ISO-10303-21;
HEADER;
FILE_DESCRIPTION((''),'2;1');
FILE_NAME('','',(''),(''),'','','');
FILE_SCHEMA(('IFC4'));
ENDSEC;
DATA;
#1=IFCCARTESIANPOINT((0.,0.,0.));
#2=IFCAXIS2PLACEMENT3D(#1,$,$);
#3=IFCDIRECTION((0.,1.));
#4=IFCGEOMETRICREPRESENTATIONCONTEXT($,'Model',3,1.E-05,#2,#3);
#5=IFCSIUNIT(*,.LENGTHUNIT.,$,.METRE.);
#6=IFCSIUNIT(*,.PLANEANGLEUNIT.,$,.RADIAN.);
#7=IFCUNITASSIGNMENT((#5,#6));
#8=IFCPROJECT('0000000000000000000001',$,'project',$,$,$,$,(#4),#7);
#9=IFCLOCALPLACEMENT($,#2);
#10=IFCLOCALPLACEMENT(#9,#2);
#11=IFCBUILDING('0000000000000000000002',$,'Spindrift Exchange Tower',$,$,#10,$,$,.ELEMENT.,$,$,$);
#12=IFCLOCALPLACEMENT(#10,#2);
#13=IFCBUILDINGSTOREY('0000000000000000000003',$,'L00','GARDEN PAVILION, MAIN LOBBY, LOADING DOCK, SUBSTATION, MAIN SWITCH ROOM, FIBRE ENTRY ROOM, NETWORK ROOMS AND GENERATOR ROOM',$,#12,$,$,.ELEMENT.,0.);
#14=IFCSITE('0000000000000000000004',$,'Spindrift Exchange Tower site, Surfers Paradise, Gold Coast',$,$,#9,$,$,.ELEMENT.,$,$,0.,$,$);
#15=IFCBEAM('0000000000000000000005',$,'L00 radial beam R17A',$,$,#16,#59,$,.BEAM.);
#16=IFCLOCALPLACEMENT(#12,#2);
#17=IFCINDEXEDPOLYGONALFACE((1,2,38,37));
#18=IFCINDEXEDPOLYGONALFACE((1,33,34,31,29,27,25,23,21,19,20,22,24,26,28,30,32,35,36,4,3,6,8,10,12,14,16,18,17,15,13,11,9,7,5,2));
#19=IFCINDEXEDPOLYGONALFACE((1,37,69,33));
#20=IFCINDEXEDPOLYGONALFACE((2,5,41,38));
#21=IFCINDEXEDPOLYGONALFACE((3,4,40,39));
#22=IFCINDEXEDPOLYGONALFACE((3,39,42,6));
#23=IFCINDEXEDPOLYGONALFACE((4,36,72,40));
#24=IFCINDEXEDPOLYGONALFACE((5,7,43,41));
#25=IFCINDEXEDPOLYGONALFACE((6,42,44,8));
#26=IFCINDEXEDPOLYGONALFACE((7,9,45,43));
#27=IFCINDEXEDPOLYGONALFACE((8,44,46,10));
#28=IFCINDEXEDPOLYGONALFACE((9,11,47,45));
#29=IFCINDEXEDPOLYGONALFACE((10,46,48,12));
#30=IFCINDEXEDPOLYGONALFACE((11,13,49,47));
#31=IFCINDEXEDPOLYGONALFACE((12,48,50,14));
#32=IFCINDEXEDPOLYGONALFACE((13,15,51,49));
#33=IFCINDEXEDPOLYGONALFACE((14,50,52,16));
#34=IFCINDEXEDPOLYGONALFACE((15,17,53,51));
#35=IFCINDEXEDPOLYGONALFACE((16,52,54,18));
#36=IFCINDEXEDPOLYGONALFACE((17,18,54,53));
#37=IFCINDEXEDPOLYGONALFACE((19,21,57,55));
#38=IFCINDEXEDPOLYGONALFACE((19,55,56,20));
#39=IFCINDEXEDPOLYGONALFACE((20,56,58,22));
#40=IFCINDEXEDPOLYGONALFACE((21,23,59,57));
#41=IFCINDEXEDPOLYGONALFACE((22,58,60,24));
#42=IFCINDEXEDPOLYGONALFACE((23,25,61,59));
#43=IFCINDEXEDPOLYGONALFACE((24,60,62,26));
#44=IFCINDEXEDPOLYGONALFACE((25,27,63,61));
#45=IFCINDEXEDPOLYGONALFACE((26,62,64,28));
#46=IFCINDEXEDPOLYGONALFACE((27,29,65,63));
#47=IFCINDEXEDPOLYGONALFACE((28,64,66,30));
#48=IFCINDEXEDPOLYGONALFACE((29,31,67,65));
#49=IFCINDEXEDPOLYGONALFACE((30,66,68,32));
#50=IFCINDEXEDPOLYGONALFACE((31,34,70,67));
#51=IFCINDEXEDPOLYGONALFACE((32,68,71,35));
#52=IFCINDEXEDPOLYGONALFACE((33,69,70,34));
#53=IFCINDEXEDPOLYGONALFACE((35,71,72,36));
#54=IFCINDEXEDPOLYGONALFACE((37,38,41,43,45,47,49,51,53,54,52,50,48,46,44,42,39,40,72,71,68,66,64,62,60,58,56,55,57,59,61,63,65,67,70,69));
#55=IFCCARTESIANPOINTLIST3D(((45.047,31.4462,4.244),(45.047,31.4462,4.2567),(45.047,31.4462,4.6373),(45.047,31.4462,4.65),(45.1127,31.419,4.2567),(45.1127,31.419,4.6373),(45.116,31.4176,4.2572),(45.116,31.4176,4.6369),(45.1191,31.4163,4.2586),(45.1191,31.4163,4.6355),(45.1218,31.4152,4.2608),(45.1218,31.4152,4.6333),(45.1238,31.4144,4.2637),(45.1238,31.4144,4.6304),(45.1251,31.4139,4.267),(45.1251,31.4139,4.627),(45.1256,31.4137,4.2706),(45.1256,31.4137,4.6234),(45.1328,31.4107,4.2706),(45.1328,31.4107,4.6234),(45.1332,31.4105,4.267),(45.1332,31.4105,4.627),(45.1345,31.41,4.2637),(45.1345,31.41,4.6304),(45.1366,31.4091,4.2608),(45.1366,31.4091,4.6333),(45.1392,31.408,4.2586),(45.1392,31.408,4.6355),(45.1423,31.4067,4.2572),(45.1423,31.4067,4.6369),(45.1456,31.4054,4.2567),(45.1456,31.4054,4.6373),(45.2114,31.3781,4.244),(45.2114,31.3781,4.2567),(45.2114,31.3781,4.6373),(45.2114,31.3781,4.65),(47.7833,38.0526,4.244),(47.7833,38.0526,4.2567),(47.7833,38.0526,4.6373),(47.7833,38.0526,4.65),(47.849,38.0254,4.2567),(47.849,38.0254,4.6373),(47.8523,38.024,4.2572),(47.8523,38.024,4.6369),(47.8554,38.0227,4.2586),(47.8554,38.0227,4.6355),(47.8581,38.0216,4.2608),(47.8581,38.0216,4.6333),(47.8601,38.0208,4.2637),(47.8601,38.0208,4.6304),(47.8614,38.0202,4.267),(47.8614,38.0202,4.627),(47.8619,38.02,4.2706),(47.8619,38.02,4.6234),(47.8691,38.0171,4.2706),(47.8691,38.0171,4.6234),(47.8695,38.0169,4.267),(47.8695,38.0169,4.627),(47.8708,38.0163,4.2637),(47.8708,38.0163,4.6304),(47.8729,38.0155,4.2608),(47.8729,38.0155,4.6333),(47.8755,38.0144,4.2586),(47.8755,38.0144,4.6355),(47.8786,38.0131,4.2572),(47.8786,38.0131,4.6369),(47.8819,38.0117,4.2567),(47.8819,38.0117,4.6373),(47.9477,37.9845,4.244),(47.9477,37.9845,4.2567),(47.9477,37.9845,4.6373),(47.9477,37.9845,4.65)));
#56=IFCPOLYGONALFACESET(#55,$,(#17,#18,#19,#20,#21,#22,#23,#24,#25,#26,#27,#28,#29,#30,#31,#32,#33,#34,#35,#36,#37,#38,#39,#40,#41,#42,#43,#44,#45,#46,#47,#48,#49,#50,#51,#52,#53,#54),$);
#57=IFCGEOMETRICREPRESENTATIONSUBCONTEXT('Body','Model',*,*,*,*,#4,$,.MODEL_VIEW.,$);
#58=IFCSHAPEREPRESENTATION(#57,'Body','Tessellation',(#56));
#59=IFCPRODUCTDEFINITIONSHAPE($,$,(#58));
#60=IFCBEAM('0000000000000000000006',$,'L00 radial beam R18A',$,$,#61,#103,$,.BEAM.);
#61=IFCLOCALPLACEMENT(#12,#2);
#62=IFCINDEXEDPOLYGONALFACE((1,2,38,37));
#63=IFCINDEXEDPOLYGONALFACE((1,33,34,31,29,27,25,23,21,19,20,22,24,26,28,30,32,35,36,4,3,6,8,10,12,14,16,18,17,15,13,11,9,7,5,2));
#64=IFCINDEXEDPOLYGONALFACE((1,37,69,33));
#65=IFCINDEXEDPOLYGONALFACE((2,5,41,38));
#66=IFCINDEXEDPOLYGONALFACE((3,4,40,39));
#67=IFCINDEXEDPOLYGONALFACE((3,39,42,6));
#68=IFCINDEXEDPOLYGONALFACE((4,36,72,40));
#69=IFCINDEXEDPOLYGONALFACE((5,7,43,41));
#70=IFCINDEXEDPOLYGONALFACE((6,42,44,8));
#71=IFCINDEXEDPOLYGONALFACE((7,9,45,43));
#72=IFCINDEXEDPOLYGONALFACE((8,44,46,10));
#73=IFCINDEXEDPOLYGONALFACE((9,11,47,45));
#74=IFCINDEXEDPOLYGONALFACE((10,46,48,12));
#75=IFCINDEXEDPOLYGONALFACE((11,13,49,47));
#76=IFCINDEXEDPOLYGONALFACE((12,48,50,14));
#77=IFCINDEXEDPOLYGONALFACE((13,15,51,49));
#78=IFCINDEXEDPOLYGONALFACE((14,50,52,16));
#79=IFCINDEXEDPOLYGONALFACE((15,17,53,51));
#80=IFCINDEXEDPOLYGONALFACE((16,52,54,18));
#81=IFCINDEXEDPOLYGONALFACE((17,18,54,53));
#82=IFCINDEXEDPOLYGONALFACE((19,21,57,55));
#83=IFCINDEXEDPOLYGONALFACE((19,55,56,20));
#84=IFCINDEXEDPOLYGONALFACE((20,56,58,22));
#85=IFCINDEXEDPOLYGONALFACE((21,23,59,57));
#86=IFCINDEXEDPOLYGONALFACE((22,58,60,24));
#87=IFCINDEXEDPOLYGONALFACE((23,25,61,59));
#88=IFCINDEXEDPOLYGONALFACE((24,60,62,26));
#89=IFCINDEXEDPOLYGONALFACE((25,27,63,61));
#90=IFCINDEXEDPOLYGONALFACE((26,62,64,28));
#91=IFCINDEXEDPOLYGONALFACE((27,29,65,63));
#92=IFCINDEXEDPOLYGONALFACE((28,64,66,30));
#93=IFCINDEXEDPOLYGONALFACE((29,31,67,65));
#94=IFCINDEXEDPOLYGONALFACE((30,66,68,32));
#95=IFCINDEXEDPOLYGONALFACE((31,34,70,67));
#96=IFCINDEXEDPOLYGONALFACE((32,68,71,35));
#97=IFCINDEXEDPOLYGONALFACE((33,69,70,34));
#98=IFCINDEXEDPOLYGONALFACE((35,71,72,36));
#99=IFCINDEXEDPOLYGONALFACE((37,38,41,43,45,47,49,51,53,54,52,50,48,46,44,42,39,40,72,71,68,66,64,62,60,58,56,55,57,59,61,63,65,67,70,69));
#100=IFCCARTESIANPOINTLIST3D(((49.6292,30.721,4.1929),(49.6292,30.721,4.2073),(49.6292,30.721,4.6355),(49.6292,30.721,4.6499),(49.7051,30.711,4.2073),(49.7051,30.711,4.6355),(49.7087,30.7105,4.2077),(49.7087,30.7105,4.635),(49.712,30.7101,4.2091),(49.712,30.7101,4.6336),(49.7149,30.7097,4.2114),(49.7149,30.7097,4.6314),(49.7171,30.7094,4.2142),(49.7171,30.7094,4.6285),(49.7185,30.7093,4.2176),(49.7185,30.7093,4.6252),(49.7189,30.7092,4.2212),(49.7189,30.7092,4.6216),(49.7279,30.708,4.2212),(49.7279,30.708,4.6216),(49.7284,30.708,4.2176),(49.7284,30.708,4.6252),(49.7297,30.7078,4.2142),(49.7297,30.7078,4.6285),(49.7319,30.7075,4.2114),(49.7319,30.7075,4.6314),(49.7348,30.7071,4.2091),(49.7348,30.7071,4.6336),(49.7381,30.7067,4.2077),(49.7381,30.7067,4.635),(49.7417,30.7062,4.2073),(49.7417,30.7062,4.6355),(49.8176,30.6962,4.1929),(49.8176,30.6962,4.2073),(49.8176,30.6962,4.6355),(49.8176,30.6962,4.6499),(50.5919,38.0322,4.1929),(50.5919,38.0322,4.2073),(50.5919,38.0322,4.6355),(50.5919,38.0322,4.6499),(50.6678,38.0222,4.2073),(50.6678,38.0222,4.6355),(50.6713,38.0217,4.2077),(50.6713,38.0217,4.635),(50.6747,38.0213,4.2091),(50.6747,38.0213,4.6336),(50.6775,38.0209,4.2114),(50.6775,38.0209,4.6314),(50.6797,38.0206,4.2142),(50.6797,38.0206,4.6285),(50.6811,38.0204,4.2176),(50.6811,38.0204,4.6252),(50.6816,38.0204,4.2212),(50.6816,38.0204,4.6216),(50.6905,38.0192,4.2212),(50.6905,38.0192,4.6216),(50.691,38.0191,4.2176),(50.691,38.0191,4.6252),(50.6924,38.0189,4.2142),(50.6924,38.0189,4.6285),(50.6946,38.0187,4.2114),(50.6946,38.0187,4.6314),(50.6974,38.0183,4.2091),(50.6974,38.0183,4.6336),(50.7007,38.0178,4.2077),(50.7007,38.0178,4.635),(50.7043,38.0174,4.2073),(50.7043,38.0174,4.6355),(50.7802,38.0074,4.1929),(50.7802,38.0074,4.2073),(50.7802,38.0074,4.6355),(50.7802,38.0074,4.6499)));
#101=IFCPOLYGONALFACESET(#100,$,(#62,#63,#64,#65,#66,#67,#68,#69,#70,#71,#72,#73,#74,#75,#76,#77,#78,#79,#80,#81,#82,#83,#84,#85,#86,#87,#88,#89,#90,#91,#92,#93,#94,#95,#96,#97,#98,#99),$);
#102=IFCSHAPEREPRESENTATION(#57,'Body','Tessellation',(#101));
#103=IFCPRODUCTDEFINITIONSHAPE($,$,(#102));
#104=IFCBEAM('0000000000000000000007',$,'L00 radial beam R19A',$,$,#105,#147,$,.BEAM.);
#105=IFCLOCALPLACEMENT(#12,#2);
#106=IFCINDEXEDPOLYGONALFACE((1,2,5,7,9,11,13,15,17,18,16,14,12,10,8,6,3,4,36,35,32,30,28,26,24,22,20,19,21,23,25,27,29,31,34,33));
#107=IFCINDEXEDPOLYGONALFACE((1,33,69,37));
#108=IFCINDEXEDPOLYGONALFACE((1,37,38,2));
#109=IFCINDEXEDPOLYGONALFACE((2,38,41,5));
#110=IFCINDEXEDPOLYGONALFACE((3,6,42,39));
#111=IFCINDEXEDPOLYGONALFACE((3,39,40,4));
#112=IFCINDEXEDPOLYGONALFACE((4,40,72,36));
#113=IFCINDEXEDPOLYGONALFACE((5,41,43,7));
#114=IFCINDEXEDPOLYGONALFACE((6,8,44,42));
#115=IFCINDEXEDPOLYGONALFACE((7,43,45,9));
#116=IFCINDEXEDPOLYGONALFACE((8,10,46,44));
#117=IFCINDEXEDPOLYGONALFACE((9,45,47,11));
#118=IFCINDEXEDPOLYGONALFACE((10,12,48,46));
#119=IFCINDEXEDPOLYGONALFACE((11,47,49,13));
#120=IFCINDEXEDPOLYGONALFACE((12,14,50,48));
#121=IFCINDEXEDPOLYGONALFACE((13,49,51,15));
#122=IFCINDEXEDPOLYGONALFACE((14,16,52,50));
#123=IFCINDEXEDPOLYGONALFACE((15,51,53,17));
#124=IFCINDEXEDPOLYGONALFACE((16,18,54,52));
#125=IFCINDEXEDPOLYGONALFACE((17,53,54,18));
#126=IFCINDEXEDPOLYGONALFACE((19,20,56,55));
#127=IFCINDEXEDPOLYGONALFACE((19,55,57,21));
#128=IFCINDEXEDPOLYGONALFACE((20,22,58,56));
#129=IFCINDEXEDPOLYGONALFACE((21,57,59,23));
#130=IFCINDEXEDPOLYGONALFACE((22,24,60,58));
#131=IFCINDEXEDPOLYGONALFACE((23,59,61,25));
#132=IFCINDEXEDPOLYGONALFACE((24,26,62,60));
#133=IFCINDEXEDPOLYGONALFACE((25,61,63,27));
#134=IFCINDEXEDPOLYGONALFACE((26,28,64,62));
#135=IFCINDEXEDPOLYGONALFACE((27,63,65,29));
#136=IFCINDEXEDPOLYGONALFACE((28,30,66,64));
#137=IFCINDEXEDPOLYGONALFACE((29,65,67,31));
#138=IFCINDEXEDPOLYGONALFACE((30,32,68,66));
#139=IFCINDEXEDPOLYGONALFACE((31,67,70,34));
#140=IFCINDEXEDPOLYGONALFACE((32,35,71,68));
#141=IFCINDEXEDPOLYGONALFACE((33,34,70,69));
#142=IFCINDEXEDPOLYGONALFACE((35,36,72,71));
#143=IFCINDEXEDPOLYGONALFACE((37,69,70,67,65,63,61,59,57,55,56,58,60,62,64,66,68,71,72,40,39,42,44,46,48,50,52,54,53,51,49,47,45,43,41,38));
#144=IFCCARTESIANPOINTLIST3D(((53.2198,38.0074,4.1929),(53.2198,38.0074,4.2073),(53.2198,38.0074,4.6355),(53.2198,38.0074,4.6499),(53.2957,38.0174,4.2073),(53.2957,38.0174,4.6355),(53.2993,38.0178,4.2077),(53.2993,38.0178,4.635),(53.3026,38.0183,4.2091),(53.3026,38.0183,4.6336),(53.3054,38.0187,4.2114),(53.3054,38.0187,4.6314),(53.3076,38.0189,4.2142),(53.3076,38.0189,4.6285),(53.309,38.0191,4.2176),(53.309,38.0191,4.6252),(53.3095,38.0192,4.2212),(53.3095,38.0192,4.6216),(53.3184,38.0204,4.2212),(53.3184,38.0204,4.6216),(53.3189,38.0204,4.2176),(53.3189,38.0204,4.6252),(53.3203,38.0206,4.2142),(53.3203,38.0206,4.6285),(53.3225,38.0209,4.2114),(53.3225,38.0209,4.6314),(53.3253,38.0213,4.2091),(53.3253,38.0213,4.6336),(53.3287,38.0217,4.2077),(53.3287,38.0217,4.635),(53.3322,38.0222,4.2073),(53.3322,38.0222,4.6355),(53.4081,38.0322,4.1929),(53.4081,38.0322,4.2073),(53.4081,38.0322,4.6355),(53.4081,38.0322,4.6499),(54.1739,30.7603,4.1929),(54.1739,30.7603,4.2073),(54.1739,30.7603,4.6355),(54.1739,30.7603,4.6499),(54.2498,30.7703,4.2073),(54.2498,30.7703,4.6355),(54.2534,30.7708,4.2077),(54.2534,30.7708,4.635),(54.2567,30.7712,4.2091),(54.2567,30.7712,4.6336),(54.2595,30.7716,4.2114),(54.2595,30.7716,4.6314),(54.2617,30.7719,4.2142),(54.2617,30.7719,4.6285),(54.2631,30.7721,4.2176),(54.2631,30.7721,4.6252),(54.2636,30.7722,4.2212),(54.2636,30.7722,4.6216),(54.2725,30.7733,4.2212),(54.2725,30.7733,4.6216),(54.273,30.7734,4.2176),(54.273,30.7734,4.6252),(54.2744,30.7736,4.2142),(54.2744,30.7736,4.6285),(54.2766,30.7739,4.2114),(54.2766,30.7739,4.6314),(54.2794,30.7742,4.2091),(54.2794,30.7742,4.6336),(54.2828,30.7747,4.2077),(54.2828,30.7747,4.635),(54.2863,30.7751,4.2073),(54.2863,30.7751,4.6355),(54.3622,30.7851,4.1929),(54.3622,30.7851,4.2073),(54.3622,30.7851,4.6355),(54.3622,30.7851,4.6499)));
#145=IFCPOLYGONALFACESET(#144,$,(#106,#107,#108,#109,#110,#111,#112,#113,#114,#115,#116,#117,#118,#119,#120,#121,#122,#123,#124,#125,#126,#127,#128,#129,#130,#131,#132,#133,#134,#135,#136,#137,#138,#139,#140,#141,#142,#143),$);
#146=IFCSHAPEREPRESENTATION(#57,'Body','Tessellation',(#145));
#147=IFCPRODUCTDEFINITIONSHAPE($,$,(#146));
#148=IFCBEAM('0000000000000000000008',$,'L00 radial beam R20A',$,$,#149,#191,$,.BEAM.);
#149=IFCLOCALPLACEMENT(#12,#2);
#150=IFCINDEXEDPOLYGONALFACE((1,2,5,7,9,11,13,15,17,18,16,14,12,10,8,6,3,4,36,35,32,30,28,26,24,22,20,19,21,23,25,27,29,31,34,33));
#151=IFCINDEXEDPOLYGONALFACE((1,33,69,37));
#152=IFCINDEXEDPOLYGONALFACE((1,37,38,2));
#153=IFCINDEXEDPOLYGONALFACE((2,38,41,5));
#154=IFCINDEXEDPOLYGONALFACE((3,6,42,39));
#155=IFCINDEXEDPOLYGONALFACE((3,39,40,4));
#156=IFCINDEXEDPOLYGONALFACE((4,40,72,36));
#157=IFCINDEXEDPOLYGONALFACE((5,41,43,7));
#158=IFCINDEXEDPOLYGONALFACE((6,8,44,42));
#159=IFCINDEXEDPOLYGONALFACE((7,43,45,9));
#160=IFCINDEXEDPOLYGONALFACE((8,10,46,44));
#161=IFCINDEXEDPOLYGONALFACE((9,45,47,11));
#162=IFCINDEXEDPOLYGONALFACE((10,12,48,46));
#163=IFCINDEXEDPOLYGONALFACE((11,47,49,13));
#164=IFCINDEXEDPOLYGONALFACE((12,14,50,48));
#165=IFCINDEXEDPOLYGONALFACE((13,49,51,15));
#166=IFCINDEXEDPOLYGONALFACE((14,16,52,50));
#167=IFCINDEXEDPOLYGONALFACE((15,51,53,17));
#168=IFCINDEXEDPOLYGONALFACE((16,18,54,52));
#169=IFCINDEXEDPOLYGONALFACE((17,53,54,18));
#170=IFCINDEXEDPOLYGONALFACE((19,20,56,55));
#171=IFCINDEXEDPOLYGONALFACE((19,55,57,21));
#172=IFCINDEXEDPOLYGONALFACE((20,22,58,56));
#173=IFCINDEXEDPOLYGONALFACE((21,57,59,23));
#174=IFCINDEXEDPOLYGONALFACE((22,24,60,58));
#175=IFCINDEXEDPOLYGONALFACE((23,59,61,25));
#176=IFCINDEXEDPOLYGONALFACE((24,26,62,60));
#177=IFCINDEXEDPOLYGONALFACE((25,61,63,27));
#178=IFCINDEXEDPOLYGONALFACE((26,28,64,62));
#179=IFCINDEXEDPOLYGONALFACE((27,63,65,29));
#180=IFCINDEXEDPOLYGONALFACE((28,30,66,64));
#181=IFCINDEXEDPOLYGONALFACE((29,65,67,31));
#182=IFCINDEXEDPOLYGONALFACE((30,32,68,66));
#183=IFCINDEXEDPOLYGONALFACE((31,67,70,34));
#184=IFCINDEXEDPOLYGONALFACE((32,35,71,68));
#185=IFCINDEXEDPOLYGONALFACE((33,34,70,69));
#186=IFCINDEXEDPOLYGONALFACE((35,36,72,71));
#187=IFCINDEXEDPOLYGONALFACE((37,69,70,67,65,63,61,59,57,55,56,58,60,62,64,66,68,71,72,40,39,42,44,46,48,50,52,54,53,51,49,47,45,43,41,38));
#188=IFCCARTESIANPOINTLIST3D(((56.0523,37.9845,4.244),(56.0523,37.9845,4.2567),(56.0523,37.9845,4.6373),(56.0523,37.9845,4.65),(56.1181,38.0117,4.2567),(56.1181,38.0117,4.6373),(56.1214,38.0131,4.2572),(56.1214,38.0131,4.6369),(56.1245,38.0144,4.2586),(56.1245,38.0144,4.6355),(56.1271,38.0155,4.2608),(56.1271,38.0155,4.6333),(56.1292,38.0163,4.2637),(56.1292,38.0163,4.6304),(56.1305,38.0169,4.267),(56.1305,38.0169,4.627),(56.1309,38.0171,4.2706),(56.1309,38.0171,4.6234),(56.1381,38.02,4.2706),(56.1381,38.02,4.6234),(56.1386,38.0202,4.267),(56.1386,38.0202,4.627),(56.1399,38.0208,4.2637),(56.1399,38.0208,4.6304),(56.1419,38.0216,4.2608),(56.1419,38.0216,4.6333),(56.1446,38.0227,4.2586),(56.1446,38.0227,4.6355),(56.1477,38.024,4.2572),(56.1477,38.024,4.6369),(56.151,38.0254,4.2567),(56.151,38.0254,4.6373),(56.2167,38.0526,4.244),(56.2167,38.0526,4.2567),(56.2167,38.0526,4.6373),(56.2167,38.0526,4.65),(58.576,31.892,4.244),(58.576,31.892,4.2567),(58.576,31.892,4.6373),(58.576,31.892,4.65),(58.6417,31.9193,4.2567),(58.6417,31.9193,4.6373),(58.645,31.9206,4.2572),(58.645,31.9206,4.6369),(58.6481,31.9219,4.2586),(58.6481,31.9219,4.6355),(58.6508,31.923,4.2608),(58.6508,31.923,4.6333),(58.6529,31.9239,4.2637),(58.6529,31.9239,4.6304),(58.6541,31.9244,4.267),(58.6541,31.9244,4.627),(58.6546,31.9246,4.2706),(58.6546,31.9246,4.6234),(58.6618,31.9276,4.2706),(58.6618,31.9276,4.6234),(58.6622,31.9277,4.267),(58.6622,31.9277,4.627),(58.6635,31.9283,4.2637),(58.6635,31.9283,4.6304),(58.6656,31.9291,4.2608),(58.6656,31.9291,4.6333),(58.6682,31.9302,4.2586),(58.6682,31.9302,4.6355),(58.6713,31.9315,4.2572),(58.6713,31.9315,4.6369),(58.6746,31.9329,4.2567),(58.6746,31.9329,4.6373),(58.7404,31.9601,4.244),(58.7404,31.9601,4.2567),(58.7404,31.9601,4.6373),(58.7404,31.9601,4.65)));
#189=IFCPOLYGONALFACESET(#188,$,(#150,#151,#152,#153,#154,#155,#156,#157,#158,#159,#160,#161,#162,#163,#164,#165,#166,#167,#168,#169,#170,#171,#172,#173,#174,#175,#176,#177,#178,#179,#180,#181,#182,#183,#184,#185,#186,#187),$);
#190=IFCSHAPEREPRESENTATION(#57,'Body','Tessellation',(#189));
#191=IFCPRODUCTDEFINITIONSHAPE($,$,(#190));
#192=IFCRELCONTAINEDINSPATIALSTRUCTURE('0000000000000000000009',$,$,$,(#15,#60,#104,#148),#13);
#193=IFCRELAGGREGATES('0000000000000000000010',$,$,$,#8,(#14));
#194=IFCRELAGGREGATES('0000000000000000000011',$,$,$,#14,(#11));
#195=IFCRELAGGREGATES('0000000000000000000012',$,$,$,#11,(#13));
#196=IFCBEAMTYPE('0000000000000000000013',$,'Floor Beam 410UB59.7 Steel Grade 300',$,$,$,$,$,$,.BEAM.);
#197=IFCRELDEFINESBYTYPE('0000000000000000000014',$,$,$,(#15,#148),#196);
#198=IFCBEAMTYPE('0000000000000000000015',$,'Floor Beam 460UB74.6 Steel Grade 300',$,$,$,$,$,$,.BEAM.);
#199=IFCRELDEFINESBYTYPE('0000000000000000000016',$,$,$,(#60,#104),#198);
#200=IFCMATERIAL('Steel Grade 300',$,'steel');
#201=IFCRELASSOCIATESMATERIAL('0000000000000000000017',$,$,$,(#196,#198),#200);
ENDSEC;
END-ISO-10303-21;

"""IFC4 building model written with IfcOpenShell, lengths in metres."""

from ifc_helpers import new_model, si_unit, direction, frame, origin, origin_2d, place, context, subcontext, project, spatial, i_section, extrude, source, transform, mapped, material, material_profile, profile_set, type_object, element, save


model = new_model("IFC4")

# Units and contexts
model_context = context("Model", 3, precision=1e-05, world=origin(), true_north=direction((0.0, 1.0)))
body_context = subcontext(model_context, "Body", "Model", "MODEL_VIEW")
ifc_project = project(units=[si_unit("LENGTHUNIT", "METRE"), si_unit("PLANEANGLEUNIT", "RADIAN")], contexts=[model_context])

# Site, building, storey
site_placement = place(None, origin())
site = spatial("IfcSite", under=ifc_project, at=site_placement, Name="Spindrift Exchange Tower site, Surfers Paradise, Gold Coast", CompositionType="ELEMENT", RefElevation=0.0)
building_placement = place(site_placement, origin())
building = spatial("IfcBuilding", under=site, at=building_placement, Name="Spindrift Exchange Tower", CompositionType="ELEMENT")
storey_placement = place(building_placement, origin())
storey = spatial("IfcBuildingStorey", under=building, at=storey_placement, Name="L00", Description="GARDEN PAVILION, MAIN LOBBY, LOADING DOCK, SUBSTATION, MAIN SWITCH ROOM, FIBRE ENTRY ROOM, NETWORK ROOMS AND GENERATOR ROOM", CompositionType="ELEMENT", Elevation=0.0)

# Beams
ifc_material_1 = material(Name="Steel Grade 300", Category="steel")
ifc_material_profile_1 = material_profile(ifc_material_1, i_section(OverallWidth=0.178, OverallDepth=0.406, WebThickness=0.0078, FlangeThickness=0.0127, FilletRadius=0.0139, at=origin_2d()), Name="410UB59.7")
ifc_profile_set_1 = profile_set([ifc_material_profile_1], Name="Steel Grade 300")
beam_type_1 = type_object("IfcBeamType", Name="Floor Beam 410UB59.7 Steel Grade 300", PredefinedType="BEAM", material=ifc_profile_set_1)
shared_shape_1 = source(origin(), body_context, "Body", "SweptSolid", [
    extrude(i_section(OverallWidth=0.178, OverallDepth=0.406, WebThickness=0.0078, FlangeThickness=0.0127, FilletRadius=0.0139, at=origin_2d()), origin(), (0.0, 0.0, 1.0), 7.1506),
])
beam_1_placement = place(storey_placement, frame((47.8655, 38.0186, 4.447), z_axis=(-0.382665, -0.923887, 0.0), x_axis=(0.923887, -0.382665, 0.0)))
element("IfcBeam", 1, at=beam_1_placement, inside=storey, type_object=beam_type_1, Name="L00 radial beam R17A", PredefinedType="BEAM", context=body_context, shape_type="MappedRepresentation", body=[
    mapped(shared_shape_1, transform((0.0, 0.0, 0.0), scale=1.0)),
])
ifc_material_profile_2 = material_profile(ifc_material_1, i_section(OverallWidth=0.1899, OverallDepth=0.457, WebThickness=0.009, FlangeThickness=0.0144, FilletRadius=0.0139, at=origin_2d()), Name="460UB74.6")
ifc_profile_set_2 = profile_set([ifc_material_profile_2], Name="Steel Grade 300")
beam_type_2 = type_object("IfcBeamType", Name="Floor Beam 460UB74.6 Steel Grade 300", PredefinedType="BEAM", material=ifc_profile_set_2)
shared_shape_2 = source(origin(), body_context, "Body", "SweptSolid", [
    extrude(i_section(OverallWidth=0.1899, OverallDepth=0.457, WebThickness=0.009, FlangeThickness=0.0144, FilletRadius=0.0139, at=origin_2d()), origin(), (0.0, 0.0, 1.0), 7.3743),
])
beam_2_placement = place(storey_placement, frame((50.686, 38.0198, 4.4214), z_axis=(-0.130539, -0.991443, 0.0), x_axis=(0.991443, -0.130539, 0.0)))
element("IfcBeam", 2, at=beam_2_placement, inside=storey, type_object=beam_type_2, Name="L00 radial beam R18A", PredefinedType="BEAM", context=body_context, shape_type="MappedRepresentation", body=[
    mapped(shared_shape_2, transform((0.0, 0.0, 0.0), scale=1.0)),
])
shared_shape_3 = source(origin(), body_context, "Body", "SweptSolid", [
    extrude(i_section(OverallWidth=0.1899, OverallDepth=0.457, WebThickness=0.009, FlangeThickness=0.0144, FilletRadius=0.0139, at=origin_2d()), origin(), (0.0, 0.0, 1.0), 7.3096),
])
beam_3_placement = place(storey_placement, frame((53.314, 38.0198, 4.4214), z_axis=(0.130527, -0.991445, 0.0), x_axis=(0.991445, 0.130527, 0.0)))
element("IfcBeam", 3, at=beam_3_placement, inside=storey, type_object=beam_type_2, Name="L00 radial beam R19A", PredefinedType="BEAM", context=body_context, shape_type="MappedRepresentation", body=[
    mapped(shared_shape_3, transform((0.0, 0.0, 0.0), scale=1.0)),
])
shared_shape_4 = source(origin(), body_context, "Body", "SweptSolid", [
    extrude(i_section(OverallWidth=0.178, OverallDepth=0.406, WebThickness=0.0078, FlangeThickness=0.0127, FilletRadius=0.0139, at=origin_2d()), origin(), (0.0, 0.0, 1.0), 6.5945),
])
beam_4_placement = place(storey_placement, frame((56.1345, 38.0186, 4.447), z_axis=(0.382693, -0.923876, 0.0), x_axis=(0.923876, 0.382693, 0.0)))
element("IfcBeam", 4, at=beam_4_placement, inside=storey, type_object=beam_type_1, Name="L00 radial beam R20A", PredefinedType="BEAM", context=body_context, shape_type="MappedRepresentation", body=[
    mapped(shared_shape_4, transform((0.0, 0.0, 0.0), scale=1.0)),
])

save(model, "model.ifc")
